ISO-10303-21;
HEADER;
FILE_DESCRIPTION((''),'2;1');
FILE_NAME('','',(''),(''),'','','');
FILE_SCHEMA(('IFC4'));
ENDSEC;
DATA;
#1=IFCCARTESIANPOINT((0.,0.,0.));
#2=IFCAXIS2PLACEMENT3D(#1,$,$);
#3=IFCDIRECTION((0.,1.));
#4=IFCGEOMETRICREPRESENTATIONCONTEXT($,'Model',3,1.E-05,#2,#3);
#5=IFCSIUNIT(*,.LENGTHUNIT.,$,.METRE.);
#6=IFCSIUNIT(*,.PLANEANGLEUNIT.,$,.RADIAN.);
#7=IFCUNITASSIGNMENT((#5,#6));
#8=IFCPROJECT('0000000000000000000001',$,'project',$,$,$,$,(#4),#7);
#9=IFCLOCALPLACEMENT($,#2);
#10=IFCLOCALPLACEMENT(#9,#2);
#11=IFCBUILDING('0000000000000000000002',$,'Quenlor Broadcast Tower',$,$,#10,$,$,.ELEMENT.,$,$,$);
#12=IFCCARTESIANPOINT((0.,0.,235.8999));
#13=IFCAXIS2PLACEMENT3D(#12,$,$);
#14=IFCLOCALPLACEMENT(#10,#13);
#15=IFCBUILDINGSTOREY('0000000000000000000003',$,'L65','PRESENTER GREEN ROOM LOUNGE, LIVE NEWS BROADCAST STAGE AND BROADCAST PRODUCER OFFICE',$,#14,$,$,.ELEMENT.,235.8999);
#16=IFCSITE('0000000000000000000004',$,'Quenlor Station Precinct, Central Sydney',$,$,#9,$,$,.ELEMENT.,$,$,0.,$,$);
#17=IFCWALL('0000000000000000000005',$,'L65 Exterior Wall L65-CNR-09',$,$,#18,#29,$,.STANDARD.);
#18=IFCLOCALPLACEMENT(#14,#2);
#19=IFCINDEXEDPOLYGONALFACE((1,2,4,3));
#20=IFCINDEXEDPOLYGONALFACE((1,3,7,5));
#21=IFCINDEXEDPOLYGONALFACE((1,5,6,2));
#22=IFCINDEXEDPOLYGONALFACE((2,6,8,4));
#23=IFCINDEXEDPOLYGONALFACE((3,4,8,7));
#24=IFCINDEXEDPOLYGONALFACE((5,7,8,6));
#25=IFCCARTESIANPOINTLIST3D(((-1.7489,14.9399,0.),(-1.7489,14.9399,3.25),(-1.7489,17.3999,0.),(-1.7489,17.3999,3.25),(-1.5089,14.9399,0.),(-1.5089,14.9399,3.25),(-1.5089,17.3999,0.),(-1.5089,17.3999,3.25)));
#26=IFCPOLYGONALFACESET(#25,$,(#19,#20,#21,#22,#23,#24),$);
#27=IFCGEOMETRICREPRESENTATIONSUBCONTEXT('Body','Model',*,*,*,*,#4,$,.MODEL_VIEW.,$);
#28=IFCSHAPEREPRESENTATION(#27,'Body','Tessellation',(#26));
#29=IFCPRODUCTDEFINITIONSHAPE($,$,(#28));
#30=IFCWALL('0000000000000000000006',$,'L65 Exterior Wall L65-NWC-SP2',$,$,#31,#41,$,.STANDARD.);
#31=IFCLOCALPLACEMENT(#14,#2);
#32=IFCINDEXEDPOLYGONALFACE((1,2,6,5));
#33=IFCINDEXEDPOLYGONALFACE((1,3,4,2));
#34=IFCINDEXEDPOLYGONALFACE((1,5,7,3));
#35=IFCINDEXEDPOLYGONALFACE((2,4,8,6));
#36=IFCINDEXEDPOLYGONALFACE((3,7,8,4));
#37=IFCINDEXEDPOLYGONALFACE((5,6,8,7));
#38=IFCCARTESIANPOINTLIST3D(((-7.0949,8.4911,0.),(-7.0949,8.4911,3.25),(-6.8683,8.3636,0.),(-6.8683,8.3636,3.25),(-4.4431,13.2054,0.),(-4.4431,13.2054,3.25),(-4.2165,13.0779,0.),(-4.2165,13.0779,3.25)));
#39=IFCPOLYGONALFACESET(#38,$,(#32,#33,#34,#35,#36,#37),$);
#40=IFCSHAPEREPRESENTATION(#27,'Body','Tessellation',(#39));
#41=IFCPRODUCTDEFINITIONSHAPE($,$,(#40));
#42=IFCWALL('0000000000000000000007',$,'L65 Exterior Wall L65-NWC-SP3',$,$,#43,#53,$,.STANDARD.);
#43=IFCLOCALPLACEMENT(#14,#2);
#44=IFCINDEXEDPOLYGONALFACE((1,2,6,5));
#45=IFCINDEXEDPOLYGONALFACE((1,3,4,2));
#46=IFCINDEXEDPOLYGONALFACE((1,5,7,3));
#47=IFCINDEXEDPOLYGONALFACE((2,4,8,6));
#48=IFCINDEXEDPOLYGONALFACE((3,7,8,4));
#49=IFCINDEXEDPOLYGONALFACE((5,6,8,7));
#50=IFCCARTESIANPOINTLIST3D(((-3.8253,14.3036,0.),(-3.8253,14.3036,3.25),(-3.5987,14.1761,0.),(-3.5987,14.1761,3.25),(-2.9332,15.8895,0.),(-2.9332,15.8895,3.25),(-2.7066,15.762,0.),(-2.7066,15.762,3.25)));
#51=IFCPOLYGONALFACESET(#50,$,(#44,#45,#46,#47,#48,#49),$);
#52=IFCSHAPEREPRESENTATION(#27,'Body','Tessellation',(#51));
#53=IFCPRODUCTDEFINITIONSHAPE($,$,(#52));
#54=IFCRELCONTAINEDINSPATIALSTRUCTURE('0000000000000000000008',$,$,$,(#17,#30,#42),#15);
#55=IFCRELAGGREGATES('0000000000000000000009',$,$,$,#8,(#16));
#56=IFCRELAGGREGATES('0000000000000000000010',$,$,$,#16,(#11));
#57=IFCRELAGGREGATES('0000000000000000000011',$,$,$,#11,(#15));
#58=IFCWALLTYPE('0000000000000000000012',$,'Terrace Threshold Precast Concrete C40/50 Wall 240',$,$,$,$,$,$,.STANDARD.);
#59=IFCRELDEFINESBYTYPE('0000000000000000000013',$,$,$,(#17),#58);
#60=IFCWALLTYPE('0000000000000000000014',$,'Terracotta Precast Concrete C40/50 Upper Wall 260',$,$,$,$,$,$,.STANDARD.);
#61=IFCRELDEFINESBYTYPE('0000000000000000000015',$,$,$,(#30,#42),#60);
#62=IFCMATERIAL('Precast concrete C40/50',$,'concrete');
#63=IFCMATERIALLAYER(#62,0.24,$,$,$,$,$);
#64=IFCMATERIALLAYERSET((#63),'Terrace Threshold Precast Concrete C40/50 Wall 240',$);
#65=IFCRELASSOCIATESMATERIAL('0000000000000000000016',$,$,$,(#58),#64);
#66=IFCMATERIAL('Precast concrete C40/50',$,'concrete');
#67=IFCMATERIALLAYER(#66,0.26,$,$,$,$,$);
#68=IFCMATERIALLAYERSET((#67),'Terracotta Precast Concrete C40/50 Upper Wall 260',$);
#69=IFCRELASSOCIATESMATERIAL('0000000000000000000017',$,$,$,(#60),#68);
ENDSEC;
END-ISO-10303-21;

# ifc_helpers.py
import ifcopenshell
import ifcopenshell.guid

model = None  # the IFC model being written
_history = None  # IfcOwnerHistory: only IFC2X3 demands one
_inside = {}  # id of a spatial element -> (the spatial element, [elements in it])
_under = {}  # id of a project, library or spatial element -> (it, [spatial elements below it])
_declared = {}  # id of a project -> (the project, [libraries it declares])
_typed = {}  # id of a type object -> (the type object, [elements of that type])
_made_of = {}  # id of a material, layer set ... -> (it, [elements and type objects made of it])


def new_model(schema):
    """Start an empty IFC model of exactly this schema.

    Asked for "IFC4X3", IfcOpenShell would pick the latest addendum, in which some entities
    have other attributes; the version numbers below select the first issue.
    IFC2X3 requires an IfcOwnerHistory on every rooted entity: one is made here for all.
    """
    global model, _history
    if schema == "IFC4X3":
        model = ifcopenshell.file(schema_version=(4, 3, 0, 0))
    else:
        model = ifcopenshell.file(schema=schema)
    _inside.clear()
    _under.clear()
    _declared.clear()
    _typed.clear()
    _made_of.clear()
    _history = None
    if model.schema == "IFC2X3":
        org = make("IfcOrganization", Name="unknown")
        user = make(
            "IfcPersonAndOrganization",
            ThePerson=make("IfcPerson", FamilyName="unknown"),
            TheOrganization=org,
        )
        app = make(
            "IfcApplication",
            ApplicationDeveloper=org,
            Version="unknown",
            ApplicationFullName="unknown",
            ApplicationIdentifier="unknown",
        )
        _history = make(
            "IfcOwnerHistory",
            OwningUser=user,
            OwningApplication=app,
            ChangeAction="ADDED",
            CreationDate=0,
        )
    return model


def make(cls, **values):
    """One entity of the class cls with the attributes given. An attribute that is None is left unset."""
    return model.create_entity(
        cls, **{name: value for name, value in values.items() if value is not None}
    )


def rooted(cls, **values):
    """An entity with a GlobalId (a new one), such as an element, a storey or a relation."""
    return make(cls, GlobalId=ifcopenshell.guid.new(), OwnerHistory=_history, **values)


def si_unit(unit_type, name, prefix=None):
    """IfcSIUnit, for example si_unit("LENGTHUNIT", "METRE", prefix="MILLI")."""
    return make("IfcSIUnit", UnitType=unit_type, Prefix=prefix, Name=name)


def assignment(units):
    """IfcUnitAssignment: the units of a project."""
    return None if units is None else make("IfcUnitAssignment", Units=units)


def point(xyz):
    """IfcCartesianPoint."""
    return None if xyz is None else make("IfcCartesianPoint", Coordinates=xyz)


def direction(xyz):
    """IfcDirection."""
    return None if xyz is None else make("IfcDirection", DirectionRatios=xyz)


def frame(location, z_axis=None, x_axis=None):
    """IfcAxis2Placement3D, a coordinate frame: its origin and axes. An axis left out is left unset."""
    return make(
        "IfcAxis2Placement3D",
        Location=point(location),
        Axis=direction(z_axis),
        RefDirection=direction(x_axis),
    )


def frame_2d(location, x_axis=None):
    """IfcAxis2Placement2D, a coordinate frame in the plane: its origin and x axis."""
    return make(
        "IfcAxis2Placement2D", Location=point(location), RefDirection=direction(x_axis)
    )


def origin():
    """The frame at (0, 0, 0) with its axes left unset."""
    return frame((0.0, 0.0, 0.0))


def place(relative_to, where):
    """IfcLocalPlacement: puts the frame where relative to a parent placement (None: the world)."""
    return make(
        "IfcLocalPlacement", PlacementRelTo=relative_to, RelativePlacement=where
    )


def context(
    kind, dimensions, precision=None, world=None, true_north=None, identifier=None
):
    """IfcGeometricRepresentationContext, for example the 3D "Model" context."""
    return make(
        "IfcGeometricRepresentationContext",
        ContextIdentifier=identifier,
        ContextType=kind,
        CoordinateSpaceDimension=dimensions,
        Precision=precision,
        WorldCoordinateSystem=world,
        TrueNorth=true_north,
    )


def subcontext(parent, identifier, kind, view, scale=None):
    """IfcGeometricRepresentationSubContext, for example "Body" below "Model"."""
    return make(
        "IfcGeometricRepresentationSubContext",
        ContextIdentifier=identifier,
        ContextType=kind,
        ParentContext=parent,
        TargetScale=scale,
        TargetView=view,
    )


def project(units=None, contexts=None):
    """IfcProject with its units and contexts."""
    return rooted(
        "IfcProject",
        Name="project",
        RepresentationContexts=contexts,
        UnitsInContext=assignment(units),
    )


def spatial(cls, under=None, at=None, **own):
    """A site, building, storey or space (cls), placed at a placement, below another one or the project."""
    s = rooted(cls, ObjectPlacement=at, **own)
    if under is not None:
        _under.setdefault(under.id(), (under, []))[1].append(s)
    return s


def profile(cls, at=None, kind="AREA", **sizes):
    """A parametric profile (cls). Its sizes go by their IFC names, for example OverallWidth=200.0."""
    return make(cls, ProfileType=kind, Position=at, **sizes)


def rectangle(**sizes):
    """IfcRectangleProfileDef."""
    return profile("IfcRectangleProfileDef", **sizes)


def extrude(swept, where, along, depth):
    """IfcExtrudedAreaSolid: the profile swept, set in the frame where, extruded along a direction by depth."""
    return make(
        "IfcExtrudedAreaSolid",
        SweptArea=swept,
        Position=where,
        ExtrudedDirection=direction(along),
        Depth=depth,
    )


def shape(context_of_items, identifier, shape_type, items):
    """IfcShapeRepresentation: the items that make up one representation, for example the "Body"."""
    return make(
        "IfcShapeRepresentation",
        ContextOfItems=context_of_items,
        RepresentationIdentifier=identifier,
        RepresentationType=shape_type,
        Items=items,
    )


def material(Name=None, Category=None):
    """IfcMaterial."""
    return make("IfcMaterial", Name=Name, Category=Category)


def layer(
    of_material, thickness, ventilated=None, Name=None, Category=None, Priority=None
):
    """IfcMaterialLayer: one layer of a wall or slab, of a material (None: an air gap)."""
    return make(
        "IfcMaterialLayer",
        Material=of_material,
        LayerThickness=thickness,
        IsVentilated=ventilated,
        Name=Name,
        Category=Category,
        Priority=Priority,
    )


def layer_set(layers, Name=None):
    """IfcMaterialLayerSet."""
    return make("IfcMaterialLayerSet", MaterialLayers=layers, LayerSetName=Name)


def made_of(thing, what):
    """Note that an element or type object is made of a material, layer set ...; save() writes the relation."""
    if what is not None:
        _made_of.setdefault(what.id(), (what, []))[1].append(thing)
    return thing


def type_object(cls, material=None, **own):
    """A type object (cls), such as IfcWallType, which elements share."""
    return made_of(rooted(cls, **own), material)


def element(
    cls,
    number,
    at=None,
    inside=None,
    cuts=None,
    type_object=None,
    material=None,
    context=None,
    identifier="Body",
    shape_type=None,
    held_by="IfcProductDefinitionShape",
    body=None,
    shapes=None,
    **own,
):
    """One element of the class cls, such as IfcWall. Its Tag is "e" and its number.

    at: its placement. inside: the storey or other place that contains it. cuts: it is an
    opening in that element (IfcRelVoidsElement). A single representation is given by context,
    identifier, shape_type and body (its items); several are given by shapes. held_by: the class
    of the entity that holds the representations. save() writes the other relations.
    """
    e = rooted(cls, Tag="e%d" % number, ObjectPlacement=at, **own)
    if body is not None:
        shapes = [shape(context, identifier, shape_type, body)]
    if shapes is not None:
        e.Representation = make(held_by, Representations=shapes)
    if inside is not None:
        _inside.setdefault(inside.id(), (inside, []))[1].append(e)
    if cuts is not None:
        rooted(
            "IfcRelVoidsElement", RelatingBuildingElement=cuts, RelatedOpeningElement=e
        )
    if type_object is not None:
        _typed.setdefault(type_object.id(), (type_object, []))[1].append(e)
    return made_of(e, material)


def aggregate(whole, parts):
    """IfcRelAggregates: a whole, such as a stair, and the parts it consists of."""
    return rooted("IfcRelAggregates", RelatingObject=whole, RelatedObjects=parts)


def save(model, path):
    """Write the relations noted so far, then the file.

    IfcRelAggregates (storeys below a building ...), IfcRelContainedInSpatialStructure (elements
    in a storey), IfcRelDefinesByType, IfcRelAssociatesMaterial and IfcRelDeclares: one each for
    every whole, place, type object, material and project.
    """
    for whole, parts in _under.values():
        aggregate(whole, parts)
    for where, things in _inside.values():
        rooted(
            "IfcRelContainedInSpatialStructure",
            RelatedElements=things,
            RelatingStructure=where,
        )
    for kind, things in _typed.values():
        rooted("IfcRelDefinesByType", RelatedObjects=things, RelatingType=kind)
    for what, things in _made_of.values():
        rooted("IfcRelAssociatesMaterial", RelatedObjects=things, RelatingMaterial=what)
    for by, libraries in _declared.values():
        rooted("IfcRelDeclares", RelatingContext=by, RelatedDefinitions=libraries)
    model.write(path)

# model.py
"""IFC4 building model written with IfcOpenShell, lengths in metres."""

from ifc_helpers import new_model, si_unit, direction, frame, frame_2d, origin, place, context, subcontext, project, spatial, rectangle, extrude, material, layer, layer_set, type_object, element, save


model = new_model("IFC4")

# Units and contexts
model_context = context("Model", 3, precision=1e-05, world=origin(), true_north=direction((0.0, 1.0)))
body_context = subcontext(model_context, "Body", "Model", "MODEL_VIEW")
ifc_project = project(units=[si_unit("LENGTHUNIT", "METRE"), si_unit("PLANEANGLEUNIT", "RADIAN")], contexts=[model_context])

# Site, building, storey
site_placement = place(None, origin())
site = spatial("IfcSite", under=ifc_project, at=site_placement, Name="Quenlor Station Precinct, Central Sydney", CompositionType="ELEMENT", RefElevation=0.0)
building_placement = place(site_placement, origin())
building = spatial("IfcBuilding", under=site, at=building_placement, Name="Quenlor Broadcast Tower", CompositionType="ELEMENT")
storey_placement = place(building_placement, frame((0.0, 0.0, 235.8999)))
storey = spatial("IfcBuildingStorey", under=building, at=storey_placement, Name="L65", Description="PRESENTER GREEN ROOM LOUNGE, LIVE NEWS BROADCAST STAGE AND BROADCAST PRODUCER OFFICE", CompositionType="ELEMENT", Elevation=235.8999)

# Walls
ifc_material_1 = material(Name="Precast concrete C40/50", Category="concrete")
ifc_layer_1 = layer(ifc_material_1, 0.24)
ifc_layer_set_1 = layer_set([ifc_layer_1], Name="Terrace Threshold Precast Concrete C40/50 Wall 240")
wall_type_1 = type_object("IfcWallType", Name="Terrace Threshold Precast Concrete C40/50 Wall 240", PredefinedType="STANDARD", material=ifc_layer_set_1)
wall_1_placement = place(storey_placement, frame((-1.6289, 14.9399, 0.0), z_axis=(0.0, 0.0, 1.0), x_axis=(0.0, 1.0, 0.0)))
element("IfcWall", 1, at=wall_1_placement, inside=storey, type_object=wall_type_1, Name="L65 Exterior Wall L65-CNR-09", PredefinedType="STANDARD", context=body_context, shape_type="SweptSolid", body=[
    extrude(rectangle(XDim=2.46, YDim=0.24, at=frame_2d((1.23, 0.0))), origin(), (0.0, 0.0, 1.0), 3.25),
])
ifc_material_2 = material(Name="Precast concrete C40/50", Category="concrete")
ifc_layer_2 = layer(ifc_material_2, 0.26)
ifc_layer_set_2 = layer_set([ifc_layer_2], Name="Terracotta Precast Concrete C40/50 Upper Wall 260")
wall_type_2 = type_object("IfcWallType", Name="Terracotta Precast Concrete C40/50 Upper Wall 260", PredefinedType="STANDARD", material=ifc_layer_set_2)
wall_2_placement = place(storey_placement, frame((-6.9817, 8.4272, 0.0), z_axis=(0.0, 0.0, 1.0), x_axis=(0.490266, 0.871573, 0.0)))
element("IfcWall", 2, at=wall_2_placement, inside=storey, type_object=wall_type_2, Name="L65 Exterior Wall L65-NWC-SP2", PredefinedType="STANDARD", context=body_context, shape_type="SweptSolid", body=[
    extrude(rectangle(XDim=5.4089, YDim=0.26, at=frame_2d((2.7046, 0.0))), origin(), (0.0, 0.0, 1.0), 3.25),
])
wall_3_placement = place(storey_placement, frame((-3.7119, 14.24, 0.0), z_axis=(0.0, 0.0, 1.0), x_axis=(0.490261, 0.871576, 0.0)))
element("IfcWall", 3, at=wall_3_placement, inside=storey, type_object=wall_type_2, Name="L65 Exterior Wall L65-NWC-SP3", PredefinedType="STANDARD", context=body_context, shape_type="SweptSolid", body=[
    extrude(rectangle(XDim=1.8196, YDim=0.26, at=frame_2d((0.9097, 0.0))), origin(), (0.0, 0.0, 1.0), 3.25),
])

save(model, "model.ifc")
